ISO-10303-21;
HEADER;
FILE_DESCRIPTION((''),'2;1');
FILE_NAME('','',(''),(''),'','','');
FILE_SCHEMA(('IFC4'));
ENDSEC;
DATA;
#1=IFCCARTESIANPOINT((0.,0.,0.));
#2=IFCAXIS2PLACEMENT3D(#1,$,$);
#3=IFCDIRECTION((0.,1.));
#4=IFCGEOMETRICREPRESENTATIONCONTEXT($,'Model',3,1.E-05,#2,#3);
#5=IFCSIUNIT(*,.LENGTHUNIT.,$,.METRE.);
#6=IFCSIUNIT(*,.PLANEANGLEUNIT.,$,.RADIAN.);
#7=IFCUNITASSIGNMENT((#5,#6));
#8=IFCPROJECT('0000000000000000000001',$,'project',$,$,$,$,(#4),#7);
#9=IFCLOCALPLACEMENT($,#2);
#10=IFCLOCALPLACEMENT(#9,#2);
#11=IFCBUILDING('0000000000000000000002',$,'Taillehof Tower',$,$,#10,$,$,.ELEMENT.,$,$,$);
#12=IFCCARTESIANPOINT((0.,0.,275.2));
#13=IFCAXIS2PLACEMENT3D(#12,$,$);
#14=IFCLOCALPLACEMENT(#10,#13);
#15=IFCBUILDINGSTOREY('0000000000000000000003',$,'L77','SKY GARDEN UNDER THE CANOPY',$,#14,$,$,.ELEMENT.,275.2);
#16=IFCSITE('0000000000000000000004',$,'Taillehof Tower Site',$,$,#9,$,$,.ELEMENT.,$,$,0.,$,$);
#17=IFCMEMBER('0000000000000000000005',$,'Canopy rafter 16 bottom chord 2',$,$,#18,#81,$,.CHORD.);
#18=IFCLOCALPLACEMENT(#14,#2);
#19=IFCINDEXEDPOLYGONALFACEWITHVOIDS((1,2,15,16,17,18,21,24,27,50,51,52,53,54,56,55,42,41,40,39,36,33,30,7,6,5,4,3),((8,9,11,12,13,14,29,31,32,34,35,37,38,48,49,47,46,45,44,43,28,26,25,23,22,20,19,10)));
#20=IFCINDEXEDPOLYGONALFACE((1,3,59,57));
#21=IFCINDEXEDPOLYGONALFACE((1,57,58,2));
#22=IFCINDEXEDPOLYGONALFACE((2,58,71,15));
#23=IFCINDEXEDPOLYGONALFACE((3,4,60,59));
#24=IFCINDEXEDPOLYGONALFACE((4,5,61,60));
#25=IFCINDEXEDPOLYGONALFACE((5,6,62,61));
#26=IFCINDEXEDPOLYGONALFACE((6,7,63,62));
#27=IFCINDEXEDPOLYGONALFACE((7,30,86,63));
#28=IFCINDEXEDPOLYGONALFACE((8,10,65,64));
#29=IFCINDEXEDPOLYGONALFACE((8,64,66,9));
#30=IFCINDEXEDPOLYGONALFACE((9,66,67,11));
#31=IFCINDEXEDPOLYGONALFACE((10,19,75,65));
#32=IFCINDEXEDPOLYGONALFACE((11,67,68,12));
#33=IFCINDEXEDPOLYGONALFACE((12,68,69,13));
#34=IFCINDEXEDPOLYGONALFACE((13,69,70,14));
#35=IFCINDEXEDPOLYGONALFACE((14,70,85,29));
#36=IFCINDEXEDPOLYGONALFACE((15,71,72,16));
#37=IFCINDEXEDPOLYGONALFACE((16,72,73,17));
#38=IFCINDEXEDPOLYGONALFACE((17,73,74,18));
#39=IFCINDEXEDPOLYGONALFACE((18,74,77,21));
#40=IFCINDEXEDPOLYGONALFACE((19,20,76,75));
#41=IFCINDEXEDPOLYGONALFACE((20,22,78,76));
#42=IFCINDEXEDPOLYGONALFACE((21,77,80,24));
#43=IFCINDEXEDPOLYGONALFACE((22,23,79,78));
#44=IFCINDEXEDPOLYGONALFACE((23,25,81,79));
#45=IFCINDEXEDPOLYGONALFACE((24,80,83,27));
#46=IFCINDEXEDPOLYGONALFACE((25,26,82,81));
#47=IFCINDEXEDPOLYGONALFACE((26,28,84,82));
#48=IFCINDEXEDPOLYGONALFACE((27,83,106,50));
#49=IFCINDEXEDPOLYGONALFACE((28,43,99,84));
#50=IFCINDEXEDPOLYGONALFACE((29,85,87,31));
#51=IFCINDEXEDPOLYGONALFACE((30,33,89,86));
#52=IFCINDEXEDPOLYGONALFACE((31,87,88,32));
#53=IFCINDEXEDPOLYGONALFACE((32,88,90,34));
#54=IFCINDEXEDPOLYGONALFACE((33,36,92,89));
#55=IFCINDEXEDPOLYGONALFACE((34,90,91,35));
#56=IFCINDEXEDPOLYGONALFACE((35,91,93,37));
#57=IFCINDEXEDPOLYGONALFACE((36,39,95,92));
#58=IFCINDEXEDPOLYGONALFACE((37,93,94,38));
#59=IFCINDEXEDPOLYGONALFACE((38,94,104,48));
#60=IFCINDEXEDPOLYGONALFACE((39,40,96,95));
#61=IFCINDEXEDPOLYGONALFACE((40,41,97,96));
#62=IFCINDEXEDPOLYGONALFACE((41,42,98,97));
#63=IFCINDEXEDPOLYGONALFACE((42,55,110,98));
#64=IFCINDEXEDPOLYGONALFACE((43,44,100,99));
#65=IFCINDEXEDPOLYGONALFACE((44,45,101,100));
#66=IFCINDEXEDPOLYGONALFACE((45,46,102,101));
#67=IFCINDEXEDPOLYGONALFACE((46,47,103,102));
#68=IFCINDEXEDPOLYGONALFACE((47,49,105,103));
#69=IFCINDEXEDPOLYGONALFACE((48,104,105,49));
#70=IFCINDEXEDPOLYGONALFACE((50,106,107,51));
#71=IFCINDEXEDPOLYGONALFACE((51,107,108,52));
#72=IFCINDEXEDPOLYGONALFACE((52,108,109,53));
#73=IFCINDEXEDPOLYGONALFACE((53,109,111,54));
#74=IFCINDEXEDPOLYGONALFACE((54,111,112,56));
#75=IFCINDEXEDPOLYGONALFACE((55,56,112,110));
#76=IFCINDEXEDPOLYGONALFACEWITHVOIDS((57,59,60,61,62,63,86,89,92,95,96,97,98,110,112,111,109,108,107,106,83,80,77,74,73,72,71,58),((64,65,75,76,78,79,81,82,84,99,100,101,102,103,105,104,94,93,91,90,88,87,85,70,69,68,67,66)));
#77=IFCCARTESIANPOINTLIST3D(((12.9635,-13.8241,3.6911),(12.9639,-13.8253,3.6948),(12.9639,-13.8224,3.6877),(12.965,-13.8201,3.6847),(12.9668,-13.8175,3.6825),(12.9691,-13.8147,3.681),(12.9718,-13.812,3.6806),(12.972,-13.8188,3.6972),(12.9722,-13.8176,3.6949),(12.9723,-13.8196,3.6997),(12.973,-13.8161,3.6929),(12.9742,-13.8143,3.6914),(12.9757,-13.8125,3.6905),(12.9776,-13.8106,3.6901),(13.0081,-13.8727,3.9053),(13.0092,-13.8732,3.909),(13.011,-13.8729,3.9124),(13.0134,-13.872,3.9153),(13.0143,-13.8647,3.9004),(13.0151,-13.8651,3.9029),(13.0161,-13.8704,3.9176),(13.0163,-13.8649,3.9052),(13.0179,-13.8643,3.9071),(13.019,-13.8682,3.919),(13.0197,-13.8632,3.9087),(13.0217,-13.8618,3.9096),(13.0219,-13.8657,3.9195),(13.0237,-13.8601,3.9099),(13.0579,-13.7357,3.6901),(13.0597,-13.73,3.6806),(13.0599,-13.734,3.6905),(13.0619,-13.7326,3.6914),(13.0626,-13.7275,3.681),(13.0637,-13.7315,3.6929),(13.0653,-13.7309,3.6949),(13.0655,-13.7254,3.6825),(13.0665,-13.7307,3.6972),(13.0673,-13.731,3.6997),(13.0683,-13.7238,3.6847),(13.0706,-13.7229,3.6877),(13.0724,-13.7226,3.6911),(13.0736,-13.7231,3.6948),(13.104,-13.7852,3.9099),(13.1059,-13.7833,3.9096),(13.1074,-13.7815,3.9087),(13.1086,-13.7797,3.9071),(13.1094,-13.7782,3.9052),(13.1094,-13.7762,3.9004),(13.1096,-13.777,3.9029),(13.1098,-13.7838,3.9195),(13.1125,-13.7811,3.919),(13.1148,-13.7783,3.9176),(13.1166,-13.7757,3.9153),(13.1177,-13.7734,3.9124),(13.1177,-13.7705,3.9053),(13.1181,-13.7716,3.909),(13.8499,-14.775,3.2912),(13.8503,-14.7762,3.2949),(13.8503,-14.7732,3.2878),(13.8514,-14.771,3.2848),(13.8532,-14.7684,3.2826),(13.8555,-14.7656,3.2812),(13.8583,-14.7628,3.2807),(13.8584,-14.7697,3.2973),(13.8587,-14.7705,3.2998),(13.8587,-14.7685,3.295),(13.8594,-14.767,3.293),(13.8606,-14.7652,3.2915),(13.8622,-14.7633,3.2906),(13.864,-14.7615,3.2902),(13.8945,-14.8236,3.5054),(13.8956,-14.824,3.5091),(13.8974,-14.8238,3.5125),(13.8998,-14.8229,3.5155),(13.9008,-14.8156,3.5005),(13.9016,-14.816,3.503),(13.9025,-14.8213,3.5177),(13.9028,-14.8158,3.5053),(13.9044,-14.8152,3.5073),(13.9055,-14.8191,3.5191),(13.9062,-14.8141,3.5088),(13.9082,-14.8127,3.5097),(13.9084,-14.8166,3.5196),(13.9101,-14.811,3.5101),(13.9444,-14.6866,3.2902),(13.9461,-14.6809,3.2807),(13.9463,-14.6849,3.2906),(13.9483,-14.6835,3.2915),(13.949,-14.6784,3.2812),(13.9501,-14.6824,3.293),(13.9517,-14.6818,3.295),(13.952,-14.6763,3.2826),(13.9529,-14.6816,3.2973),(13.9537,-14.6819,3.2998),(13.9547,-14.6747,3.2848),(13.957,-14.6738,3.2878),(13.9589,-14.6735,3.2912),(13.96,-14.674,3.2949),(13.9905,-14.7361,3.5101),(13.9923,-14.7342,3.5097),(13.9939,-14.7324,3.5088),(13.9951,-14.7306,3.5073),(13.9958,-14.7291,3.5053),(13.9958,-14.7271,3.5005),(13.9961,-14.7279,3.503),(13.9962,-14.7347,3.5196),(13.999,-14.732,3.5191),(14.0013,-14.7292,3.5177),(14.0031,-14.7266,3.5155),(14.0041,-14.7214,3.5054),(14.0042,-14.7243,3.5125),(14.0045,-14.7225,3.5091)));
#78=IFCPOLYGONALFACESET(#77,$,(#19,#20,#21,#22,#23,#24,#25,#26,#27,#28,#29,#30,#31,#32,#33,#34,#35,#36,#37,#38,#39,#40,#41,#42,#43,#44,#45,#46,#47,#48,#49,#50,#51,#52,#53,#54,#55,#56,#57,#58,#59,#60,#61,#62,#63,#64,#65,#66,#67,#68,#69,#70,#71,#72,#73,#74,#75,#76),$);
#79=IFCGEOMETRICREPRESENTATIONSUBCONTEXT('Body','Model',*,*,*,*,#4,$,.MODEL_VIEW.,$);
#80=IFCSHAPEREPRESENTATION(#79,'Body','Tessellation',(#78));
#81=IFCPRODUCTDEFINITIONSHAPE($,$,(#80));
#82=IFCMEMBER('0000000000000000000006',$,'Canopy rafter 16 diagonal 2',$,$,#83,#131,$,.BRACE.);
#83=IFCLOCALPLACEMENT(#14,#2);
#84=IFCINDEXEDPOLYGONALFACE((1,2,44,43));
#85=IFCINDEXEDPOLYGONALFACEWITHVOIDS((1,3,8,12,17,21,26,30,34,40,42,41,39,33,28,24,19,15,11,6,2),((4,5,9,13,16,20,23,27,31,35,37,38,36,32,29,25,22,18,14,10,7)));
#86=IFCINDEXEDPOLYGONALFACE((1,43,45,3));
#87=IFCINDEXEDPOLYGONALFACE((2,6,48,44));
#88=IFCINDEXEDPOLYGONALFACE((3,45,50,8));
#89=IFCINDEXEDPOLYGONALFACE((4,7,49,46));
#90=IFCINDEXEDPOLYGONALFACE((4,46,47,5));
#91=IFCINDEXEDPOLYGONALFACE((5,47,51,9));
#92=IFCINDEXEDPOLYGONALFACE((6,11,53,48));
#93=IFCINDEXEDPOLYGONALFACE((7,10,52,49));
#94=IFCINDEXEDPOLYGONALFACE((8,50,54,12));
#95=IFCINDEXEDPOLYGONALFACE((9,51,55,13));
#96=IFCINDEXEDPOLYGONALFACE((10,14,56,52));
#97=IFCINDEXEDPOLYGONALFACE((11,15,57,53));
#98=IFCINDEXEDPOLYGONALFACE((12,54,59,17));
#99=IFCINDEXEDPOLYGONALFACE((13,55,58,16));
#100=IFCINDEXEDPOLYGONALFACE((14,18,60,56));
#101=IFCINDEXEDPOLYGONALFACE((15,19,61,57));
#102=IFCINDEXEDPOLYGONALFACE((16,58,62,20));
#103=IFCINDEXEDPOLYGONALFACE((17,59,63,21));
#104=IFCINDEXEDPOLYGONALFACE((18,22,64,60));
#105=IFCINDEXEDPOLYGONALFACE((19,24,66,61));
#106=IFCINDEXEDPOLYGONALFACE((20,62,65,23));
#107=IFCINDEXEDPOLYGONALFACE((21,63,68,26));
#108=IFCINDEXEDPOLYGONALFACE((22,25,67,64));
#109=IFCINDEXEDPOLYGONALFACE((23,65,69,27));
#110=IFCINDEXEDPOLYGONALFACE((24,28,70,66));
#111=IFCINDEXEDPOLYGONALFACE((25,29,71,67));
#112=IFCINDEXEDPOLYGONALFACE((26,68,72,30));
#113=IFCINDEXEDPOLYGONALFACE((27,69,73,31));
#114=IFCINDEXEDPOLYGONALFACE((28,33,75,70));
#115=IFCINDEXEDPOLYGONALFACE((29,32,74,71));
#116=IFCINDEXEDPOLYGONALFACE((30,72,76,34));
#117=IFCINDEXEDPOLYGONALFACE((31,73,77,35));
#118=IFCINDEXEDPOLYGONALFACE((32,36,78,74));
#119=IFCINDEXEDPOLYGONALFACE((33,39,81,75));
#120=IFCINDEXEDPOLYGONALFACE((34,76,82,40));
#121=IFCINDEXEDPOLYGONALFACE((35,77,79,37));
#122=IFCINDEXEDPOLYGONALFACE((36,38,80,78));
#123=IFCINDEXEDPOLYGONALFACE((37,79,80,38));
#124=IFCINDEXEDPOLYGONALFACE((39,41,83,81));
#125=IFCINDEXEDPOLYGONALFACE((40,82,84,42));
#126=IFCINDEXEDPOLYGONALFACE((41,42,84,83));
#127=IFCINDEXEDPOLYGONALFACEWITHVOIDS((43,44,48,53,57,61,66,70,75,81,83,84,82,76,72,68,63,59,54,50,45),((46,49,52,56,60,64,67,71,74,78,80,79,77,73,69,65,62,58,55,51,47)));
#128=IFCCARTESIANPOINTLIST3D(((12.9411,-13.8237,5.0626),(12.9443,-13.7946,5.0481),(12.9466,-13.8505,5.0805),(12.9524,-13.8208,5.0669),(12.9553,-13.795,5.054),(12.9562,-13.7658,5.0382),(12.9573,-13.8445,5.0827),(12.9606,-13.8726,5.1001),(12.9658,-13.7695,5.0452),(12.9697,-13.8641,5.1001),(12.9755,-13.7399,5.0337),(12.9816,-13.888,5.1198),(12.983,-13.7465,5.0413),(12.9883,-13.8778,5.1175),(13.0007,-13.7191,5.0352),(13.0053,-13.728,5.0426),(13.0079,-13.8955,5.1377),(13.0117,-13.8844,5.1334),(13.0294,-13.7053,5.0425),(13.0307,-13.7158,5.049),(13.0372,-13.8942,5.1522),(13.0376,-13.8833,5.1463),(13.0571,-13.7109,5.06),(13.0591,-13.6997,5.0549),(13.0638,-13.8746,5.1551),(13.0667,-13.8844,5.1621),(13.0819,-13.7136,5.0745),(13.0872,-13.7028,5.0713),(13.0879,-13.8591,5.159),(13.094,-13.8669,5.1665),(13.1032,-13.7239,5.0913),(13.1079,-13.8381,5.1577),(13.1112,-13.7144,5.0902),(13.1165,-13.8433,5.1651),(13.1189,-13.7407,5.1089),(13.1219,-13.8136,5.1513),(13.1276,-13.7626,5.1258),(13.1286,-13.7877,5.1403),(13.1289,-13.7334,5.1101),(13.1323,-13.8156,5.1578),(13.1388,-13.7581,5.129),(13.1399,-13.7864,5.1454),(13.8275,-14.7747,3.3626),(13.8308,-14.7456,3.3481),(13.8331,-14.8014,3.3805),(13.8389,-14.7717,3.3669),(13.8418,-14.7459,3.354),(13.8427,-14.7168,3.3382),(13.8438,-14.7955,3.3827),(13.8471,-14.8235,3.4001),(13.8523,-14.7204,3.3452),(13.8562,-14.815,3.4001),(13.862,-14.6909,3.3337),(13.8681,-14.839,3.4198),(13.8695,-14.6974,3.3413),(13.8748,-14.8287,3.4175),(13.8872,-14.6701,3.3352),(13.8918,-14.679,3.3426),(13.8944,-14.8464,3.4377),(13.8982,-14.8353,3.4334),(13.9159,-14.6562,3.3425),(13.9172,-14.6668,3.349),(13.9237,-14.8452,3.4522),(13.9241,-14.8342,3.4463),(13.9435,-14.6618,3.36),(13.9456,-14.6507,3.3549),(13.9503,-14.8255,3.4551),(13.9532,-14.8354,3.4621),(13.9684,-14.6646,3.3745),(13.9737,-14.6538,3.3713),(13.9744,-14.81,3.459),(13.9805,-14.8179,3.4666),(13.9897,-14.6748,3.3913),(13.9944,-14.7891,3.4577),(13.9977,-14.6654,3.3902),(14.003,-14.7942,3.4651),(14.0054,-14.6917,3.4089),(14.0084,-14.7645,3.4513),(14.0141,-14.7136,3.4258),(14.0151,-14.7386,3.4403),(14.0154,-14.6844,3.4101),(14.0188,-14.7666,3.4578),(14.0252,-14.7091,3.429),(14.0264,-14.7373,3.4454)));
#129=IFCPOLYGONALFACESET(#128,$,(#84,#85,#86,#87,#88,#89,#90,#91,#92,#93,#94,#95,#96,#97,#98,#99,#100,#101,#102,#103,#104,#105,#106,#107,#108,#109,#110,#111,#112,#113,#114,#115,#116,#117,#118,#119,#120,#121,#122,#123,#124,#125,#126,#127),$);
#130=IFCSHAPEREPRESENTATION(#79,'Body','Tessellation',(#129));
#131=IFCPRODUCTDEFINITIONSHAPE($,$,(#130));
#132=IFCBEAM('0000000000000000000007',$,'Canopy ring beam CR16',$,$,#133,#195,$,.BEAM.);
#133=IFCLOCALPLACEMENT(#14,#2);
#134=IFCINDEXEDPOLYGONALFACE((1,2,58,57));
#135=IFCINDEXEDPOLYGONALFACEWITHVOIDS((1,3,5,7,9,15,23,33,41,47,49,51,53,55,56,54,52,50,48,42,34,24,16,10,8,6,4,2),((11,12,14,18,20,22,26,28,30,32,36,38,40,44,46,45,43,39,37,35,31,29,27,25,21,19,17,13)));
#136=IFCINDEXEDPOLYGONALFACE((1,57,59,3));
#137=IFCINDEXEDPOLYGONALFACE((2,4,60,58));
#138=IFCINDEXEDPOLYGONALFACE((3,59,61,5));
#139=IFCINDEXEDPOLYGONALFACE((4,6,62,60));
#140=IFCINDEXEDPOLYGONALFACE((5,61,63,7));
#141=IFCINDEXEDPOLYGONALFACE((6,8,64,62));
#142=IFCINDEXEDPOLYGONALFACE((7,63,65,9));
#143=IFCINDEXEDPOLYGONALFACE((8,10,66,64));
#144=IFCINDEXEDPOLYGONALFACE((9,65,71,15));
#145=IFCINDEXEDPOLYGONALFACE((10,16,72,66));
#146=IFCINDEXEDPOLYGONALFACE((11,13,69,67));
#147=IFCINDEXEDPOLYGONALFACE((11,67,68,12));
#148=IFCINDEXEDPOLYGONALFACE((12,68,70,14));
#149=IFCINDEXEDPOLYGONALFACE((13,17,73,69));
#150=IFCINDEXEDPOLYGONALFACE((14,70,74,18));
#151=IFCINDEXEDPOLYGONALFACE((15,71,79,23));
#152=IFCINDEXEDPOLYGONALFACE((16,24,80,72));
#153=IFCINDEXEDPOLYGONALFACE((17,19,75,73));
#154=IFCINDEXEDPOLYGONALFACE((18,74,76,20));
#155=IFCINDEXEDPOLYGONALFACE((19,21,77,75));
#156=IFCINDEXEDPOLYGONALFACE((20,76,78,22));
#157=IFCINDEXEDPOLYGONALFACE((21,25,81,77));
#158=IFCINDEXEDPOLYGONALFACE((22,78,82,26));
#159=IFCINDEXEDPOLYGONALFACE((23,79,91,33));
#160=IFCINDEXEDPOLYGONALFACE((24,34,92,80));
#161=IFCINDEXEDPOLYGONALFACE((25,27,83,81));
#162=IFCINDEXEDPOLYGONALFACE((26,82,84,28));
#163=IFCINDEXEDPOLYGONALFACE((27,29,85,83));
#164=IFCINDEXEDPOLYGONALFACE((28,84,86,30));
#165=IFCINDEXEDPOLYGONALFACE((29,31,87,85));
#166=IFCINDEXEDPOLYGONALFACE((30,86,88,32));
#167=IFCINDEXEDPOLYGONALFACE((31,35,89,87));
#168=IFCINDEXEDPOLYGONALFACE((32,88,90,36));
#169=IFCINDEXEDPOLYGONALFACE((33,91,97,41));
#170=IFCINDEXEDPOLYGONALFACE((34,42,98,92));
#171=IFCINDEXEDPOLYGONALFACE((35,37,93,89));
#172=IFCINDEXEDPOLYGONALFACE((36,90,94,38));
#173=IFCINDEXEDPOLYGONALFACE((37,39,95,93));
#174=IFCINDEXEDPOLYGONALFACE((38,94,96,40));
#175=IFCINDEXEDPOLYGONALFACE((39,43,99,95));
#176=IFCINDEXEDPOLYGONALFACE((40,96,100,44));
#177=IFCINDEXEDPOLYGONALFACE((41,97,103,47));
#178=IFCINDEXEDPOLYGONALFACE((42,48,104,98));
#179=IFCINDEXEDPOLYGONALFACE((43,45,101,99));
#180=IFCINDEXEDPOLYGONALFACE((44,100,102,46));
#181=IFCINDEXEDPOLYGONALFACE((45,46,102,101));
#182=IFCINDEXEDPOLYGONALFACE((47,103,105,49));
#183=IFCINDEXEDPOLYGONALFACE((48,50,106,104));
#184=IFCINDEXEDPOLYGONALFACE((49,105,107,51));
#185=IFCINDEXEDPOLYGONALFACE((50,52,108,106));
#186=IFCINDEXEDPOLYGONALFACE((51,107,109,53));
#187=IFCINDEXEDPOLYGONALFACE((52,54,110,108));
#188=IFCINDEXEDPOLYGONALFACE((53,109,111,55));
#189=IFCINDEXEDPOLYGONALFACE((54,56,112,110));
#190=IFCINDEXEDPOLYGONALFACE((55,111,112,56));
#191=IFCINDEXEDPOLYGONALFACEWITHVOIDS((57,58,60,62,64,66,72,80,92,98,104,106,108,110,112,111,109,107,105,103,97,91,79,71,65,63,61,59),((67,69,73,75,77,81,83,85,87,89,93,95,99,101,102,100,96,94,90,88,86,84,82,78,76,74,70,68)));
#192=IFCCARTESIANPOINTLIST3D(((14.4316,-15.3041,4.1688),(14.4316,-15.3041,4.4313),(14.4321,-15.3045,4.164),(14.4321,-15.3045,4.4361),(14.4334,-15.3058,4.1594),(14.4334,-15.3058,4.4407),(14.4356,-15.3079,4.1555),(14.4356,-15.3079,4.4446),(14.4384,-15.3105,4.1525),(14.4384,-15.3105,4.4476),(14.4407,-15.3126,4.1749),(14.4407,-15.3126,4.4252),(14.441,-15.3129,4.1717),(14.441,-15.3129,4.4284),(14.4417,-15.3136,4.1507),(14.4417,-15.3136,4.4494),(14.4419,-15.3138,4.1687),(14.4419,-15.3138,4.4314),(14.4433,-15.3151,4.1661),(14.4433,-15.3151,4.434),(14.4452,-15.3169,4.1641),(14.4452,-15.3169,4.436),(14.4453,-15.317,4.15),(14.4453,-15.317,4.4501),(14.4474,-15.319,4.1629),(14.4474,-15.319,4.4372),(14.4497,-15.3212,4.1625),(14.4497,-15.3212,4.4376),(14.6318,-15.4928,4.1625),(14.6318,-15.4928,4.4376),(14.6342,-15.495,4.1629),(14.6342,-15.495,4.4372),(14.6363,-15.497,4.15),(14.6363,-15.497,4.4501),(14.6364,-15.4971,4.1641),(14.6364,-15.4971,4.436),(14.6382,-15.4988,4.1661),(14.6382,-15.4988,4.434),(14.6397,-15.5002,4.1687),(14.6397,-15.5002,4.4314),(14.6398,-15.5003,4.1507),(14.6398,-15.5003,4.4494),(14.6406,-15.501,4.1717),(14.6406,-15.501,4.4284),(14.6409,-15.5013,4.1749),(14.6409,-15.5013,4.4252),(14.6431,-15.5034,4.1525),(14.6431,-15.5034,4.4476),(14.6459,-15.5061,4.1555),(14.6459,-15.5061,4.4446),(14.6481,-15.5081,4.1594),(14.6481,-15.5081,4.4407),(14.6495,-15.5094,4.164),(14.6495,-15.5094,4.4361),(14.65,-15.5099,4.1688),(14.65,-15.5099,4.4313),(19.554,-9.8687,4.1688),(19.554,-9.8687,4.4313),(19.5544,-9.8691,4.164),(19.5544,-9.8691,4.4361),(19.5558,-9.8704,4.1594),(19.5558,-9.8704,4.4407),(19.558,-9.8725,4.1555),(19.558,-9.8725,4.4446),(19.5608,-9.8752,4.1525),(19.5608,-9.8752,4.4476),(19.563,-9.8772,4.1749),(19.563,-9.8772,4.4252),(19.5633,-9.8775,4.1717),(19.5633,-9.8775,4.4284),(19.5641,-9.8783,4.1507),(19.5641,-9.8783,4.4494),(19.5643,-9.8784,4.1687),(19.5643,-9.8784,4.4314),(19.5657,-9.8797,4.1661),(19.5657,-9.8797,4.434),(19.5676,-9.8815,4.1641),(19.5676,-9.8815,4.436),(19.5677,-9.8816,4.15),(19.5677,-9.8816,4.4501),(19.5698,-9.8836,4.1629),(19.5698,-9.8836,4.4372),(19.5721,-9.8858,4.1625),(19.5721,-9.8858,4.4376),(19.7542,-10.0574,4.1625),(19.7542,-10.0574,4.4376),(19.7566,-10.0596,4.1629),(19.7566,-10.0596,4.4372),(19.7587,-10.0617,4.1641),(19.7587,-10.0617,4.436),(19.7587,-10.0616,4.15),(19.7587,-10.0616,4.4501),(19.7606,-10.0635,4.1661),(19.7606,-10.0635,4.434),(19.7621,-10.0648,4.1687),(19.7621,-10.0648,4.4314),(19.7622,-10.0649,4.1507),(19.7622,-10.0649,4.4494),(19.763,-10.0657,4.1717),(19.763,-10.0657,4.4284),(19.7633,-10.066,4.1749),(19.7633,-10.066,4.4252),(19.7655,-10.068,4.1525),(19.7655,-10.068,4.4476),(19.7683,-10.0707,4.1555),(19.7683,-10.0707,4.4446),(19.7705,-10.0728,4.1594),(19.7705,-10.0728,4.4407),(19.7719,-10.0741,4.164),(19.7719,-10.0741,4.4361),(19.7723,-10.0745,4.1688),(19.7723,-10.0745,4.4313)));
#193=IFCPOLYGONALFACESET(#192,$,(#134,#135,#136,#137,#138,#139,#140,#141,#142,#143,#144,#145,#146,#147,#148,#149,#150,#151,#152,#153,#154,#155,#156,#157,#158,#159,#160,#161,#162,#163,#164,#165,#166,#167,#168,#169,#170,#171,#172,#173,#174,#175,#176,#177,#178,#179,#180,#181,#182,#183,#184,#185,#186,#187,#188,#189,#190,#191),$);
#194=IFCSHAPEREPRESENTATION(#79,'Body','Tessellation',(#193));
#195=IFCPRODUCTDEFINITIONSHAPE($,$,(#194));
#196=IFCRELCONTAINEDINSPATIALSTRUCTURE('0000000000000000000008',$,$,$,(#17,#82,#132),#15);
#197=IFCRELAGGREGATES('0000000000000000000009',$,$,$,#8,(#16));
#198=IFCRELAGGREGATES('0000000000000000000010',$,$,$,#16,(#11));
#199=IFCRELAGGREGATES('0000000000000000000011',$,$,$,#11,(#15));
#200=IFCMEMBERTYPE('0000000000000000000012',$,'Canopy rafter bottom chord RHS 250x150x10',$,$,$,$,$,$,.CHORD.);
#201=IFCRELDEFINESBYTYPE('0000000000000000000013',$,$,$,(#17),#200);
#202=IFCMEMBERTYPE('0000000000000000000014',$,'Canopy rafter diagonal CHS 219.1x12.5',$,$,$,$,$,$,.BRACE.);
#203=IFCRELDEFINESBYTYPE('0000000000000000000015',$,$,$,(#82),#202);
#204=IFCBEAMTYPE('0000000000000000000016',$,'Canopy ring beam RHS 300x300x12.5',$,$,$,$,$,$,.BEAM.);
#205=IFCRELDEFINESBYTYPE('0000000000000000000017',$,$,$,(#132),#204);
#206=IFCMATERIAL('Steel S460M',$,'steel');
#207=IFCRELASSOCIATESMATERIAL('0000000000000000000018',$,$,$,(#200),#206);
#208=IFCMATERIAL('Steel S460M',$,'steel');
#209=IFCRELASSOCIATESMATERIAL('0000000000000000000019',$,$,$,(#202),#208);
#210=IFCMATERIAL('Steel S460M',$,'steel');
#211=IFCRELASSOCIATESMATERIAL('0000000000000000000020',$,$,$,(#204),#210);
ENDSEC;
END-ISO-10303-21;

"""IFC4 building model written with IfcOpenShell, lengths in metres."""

from ifc_helpers import new_model, si_unit, direction, frame, origin, origin_2d, place, context, subcontext, project, spatial, hollow_rectangle, hollow_circle, extrude, material, material_profile, profile_set, type_object, element, save


model = new_model("IFC4")

# Units and contexts
model_context = context("Model", 3, precision=1e-05, world=origin(), true_north=direction((0.0, 1.0)))
body_context = subcontext(model_context, "Body", "Model", "MODEL_VIEW")
ifc_project = project(units=[si_unit("LENGTHUNIT", "METRE"), si_unit("PLANEANGLEUNIT", "RADIAN")], contexts=[model_context])

# Site, building, storey
site_placement = place(None, origin())
site = spatial("IfcSite", under=ifc_project, at=site_placement, Name="Taillehof Tower Site", CompositionType="ELEMENT", RefElevation=0.0)
building_placement = place(site_placement, origin())
building = spatial("IfcBuilding", under=site, at=building_placement, Name="Taillehof Tower", CompositionType="ELEMENT")
storey_placement = place(building_placement, frame((0.0, 0.0, 275.2)))
storey = spatial("IfcBuildingStorey", under=building, at=storey_placement, Name="L77", Description="SKY GARDEN UNDER THE CANOPY", CompositionType="ELEMENT", Elevation=275.2)

# Members
ifc_material_1 = material(Name="Steel S460M", Category="steel")
ifc_material_profile_1 = material_profile(ifc_material_1, hollow_rectangle(XDim=0.1499, YDim=0.25, WallThickness=0.01, InnerFilletRadius=0.01, OuterFilletRadius=0.0149, at=origin_2d()), Name="RHS 250x150x10")
ifc_profile_set_1 = profile_set([ifc_material_profile_1], Name="Steel S460M")
member_type_1 = type_object("IfcMemberType", Name="Canopy rafter bottom chord RHS 250x150x10", PredefinedType="CHORD", material=ifc_profile_set_1)
member_1_placement = place(storey_placement, frame((13.9272, -14.7488, 3.4001), z_axis=(-0.651745, 0.699132, 0.294012), x_axis=(-0.731461, -0.681883, 0.0)))
element("IfcMember", 1, at=member_1_placement, inside=storey, type_object=member_type_1, Name="Canopy rafter 16 bottom chord 2", PredefinedType="CHORD", context=body_context, shape_type="SweptSolid", body=[
    extrude(hollow_rectangle(XDim=0.1499, YDim=0.25, WallThickness=0.01, InnerFilletRadius=0.01, OuterFilletRadius=0.0149, at=origin_2d()), origin(), (0.0, 0.0, 1.0), 1.3601),
])
ifc_material_2 = material(Name="Steel S460M", Category="steel")
ifc_material_profile_2 = material_profile(ifc_material_2, hollow_circle(Radius=0.1096, WallThickness=0.0125, at=origin_2d()), Name="CHS 219.1x12.5")
ifc_profile_set_2 = profile_set([ifc_material_profile_2], Name="Steel S460M")
member_type_2 = type_object("IfcMemberType", Name="Canopy rafter diagonal CHS 219.1x12.5", PredefinedType="BRACE", material=ifc_profile_set_2)
member_2_placement = place(storey_placement, frame((13.9272, -14.7488, 3.4001), z_axis=(-0.414225, 0.444343, 0.794341), x_axis=(-0.731461, -0.681883, 0.0)))
element("IfcMember", 2, at=member_2_placement, inside=storey, type_object=member_type_2, Name="Canopy rafter 16 diagonal 2", PredefinedType="BRACE", context=body_context, shape_type="SweptSolid", body=[
    extrude(hollow_circle(Radius=0.1096, WallThickness=0.0125, at=origin_2d()), origin(), (0.0, 0.0, 1.0), 2.1401),
])

# Beam
ifc_material_3 = material(Name="Steel S460M", Category="steel")
ifc_material_profile_3 = material_profile(ifc_material_3, hollow_rectangle(XDim=0.3, YDim=0.3, WallThickness=0.0125, InnerFilletRadius=0.0125, OuterFilletRadius=0.0188, at=origin_2d()), Name="RHS 300x300x12.5")
ifc_profile_set_3 = profile_set([ifc_material_profile_3], Name="Steel S460M")
beam_type_1 = type_object("IfcBeamType", Name="Canopy ring beam RHS 300x300x12.5", PredefinedType="BEAM", material=ifc_profile_set_3)
beam_1_placement = place(storey_placement, frame((14.5408, -15.407, 4.3), z_axis=(0.685843, 0.72775, 0.0), x_axis=(-0.72775, 0.685843, 0.0)))
element("IfcBeam", 3, at=beam_1_placement, inside=storey, type_object=beam_type_1, Name="Canopy ring beam CR16", PredefinedType="BEAM", context=body_context, shape_type="SweptSolid", body=[
    extrude(hollow_rectangle(XDim=0.3, YDim=0.3, WallThickness=0.0125, InnerFilletRadius=0.0125, OuterFilletRadius=0.0188, at=origin_2d()), origin(), (0.0, 0.0, 1.0), 7.4688),
])

save(model, "model.ifc")
